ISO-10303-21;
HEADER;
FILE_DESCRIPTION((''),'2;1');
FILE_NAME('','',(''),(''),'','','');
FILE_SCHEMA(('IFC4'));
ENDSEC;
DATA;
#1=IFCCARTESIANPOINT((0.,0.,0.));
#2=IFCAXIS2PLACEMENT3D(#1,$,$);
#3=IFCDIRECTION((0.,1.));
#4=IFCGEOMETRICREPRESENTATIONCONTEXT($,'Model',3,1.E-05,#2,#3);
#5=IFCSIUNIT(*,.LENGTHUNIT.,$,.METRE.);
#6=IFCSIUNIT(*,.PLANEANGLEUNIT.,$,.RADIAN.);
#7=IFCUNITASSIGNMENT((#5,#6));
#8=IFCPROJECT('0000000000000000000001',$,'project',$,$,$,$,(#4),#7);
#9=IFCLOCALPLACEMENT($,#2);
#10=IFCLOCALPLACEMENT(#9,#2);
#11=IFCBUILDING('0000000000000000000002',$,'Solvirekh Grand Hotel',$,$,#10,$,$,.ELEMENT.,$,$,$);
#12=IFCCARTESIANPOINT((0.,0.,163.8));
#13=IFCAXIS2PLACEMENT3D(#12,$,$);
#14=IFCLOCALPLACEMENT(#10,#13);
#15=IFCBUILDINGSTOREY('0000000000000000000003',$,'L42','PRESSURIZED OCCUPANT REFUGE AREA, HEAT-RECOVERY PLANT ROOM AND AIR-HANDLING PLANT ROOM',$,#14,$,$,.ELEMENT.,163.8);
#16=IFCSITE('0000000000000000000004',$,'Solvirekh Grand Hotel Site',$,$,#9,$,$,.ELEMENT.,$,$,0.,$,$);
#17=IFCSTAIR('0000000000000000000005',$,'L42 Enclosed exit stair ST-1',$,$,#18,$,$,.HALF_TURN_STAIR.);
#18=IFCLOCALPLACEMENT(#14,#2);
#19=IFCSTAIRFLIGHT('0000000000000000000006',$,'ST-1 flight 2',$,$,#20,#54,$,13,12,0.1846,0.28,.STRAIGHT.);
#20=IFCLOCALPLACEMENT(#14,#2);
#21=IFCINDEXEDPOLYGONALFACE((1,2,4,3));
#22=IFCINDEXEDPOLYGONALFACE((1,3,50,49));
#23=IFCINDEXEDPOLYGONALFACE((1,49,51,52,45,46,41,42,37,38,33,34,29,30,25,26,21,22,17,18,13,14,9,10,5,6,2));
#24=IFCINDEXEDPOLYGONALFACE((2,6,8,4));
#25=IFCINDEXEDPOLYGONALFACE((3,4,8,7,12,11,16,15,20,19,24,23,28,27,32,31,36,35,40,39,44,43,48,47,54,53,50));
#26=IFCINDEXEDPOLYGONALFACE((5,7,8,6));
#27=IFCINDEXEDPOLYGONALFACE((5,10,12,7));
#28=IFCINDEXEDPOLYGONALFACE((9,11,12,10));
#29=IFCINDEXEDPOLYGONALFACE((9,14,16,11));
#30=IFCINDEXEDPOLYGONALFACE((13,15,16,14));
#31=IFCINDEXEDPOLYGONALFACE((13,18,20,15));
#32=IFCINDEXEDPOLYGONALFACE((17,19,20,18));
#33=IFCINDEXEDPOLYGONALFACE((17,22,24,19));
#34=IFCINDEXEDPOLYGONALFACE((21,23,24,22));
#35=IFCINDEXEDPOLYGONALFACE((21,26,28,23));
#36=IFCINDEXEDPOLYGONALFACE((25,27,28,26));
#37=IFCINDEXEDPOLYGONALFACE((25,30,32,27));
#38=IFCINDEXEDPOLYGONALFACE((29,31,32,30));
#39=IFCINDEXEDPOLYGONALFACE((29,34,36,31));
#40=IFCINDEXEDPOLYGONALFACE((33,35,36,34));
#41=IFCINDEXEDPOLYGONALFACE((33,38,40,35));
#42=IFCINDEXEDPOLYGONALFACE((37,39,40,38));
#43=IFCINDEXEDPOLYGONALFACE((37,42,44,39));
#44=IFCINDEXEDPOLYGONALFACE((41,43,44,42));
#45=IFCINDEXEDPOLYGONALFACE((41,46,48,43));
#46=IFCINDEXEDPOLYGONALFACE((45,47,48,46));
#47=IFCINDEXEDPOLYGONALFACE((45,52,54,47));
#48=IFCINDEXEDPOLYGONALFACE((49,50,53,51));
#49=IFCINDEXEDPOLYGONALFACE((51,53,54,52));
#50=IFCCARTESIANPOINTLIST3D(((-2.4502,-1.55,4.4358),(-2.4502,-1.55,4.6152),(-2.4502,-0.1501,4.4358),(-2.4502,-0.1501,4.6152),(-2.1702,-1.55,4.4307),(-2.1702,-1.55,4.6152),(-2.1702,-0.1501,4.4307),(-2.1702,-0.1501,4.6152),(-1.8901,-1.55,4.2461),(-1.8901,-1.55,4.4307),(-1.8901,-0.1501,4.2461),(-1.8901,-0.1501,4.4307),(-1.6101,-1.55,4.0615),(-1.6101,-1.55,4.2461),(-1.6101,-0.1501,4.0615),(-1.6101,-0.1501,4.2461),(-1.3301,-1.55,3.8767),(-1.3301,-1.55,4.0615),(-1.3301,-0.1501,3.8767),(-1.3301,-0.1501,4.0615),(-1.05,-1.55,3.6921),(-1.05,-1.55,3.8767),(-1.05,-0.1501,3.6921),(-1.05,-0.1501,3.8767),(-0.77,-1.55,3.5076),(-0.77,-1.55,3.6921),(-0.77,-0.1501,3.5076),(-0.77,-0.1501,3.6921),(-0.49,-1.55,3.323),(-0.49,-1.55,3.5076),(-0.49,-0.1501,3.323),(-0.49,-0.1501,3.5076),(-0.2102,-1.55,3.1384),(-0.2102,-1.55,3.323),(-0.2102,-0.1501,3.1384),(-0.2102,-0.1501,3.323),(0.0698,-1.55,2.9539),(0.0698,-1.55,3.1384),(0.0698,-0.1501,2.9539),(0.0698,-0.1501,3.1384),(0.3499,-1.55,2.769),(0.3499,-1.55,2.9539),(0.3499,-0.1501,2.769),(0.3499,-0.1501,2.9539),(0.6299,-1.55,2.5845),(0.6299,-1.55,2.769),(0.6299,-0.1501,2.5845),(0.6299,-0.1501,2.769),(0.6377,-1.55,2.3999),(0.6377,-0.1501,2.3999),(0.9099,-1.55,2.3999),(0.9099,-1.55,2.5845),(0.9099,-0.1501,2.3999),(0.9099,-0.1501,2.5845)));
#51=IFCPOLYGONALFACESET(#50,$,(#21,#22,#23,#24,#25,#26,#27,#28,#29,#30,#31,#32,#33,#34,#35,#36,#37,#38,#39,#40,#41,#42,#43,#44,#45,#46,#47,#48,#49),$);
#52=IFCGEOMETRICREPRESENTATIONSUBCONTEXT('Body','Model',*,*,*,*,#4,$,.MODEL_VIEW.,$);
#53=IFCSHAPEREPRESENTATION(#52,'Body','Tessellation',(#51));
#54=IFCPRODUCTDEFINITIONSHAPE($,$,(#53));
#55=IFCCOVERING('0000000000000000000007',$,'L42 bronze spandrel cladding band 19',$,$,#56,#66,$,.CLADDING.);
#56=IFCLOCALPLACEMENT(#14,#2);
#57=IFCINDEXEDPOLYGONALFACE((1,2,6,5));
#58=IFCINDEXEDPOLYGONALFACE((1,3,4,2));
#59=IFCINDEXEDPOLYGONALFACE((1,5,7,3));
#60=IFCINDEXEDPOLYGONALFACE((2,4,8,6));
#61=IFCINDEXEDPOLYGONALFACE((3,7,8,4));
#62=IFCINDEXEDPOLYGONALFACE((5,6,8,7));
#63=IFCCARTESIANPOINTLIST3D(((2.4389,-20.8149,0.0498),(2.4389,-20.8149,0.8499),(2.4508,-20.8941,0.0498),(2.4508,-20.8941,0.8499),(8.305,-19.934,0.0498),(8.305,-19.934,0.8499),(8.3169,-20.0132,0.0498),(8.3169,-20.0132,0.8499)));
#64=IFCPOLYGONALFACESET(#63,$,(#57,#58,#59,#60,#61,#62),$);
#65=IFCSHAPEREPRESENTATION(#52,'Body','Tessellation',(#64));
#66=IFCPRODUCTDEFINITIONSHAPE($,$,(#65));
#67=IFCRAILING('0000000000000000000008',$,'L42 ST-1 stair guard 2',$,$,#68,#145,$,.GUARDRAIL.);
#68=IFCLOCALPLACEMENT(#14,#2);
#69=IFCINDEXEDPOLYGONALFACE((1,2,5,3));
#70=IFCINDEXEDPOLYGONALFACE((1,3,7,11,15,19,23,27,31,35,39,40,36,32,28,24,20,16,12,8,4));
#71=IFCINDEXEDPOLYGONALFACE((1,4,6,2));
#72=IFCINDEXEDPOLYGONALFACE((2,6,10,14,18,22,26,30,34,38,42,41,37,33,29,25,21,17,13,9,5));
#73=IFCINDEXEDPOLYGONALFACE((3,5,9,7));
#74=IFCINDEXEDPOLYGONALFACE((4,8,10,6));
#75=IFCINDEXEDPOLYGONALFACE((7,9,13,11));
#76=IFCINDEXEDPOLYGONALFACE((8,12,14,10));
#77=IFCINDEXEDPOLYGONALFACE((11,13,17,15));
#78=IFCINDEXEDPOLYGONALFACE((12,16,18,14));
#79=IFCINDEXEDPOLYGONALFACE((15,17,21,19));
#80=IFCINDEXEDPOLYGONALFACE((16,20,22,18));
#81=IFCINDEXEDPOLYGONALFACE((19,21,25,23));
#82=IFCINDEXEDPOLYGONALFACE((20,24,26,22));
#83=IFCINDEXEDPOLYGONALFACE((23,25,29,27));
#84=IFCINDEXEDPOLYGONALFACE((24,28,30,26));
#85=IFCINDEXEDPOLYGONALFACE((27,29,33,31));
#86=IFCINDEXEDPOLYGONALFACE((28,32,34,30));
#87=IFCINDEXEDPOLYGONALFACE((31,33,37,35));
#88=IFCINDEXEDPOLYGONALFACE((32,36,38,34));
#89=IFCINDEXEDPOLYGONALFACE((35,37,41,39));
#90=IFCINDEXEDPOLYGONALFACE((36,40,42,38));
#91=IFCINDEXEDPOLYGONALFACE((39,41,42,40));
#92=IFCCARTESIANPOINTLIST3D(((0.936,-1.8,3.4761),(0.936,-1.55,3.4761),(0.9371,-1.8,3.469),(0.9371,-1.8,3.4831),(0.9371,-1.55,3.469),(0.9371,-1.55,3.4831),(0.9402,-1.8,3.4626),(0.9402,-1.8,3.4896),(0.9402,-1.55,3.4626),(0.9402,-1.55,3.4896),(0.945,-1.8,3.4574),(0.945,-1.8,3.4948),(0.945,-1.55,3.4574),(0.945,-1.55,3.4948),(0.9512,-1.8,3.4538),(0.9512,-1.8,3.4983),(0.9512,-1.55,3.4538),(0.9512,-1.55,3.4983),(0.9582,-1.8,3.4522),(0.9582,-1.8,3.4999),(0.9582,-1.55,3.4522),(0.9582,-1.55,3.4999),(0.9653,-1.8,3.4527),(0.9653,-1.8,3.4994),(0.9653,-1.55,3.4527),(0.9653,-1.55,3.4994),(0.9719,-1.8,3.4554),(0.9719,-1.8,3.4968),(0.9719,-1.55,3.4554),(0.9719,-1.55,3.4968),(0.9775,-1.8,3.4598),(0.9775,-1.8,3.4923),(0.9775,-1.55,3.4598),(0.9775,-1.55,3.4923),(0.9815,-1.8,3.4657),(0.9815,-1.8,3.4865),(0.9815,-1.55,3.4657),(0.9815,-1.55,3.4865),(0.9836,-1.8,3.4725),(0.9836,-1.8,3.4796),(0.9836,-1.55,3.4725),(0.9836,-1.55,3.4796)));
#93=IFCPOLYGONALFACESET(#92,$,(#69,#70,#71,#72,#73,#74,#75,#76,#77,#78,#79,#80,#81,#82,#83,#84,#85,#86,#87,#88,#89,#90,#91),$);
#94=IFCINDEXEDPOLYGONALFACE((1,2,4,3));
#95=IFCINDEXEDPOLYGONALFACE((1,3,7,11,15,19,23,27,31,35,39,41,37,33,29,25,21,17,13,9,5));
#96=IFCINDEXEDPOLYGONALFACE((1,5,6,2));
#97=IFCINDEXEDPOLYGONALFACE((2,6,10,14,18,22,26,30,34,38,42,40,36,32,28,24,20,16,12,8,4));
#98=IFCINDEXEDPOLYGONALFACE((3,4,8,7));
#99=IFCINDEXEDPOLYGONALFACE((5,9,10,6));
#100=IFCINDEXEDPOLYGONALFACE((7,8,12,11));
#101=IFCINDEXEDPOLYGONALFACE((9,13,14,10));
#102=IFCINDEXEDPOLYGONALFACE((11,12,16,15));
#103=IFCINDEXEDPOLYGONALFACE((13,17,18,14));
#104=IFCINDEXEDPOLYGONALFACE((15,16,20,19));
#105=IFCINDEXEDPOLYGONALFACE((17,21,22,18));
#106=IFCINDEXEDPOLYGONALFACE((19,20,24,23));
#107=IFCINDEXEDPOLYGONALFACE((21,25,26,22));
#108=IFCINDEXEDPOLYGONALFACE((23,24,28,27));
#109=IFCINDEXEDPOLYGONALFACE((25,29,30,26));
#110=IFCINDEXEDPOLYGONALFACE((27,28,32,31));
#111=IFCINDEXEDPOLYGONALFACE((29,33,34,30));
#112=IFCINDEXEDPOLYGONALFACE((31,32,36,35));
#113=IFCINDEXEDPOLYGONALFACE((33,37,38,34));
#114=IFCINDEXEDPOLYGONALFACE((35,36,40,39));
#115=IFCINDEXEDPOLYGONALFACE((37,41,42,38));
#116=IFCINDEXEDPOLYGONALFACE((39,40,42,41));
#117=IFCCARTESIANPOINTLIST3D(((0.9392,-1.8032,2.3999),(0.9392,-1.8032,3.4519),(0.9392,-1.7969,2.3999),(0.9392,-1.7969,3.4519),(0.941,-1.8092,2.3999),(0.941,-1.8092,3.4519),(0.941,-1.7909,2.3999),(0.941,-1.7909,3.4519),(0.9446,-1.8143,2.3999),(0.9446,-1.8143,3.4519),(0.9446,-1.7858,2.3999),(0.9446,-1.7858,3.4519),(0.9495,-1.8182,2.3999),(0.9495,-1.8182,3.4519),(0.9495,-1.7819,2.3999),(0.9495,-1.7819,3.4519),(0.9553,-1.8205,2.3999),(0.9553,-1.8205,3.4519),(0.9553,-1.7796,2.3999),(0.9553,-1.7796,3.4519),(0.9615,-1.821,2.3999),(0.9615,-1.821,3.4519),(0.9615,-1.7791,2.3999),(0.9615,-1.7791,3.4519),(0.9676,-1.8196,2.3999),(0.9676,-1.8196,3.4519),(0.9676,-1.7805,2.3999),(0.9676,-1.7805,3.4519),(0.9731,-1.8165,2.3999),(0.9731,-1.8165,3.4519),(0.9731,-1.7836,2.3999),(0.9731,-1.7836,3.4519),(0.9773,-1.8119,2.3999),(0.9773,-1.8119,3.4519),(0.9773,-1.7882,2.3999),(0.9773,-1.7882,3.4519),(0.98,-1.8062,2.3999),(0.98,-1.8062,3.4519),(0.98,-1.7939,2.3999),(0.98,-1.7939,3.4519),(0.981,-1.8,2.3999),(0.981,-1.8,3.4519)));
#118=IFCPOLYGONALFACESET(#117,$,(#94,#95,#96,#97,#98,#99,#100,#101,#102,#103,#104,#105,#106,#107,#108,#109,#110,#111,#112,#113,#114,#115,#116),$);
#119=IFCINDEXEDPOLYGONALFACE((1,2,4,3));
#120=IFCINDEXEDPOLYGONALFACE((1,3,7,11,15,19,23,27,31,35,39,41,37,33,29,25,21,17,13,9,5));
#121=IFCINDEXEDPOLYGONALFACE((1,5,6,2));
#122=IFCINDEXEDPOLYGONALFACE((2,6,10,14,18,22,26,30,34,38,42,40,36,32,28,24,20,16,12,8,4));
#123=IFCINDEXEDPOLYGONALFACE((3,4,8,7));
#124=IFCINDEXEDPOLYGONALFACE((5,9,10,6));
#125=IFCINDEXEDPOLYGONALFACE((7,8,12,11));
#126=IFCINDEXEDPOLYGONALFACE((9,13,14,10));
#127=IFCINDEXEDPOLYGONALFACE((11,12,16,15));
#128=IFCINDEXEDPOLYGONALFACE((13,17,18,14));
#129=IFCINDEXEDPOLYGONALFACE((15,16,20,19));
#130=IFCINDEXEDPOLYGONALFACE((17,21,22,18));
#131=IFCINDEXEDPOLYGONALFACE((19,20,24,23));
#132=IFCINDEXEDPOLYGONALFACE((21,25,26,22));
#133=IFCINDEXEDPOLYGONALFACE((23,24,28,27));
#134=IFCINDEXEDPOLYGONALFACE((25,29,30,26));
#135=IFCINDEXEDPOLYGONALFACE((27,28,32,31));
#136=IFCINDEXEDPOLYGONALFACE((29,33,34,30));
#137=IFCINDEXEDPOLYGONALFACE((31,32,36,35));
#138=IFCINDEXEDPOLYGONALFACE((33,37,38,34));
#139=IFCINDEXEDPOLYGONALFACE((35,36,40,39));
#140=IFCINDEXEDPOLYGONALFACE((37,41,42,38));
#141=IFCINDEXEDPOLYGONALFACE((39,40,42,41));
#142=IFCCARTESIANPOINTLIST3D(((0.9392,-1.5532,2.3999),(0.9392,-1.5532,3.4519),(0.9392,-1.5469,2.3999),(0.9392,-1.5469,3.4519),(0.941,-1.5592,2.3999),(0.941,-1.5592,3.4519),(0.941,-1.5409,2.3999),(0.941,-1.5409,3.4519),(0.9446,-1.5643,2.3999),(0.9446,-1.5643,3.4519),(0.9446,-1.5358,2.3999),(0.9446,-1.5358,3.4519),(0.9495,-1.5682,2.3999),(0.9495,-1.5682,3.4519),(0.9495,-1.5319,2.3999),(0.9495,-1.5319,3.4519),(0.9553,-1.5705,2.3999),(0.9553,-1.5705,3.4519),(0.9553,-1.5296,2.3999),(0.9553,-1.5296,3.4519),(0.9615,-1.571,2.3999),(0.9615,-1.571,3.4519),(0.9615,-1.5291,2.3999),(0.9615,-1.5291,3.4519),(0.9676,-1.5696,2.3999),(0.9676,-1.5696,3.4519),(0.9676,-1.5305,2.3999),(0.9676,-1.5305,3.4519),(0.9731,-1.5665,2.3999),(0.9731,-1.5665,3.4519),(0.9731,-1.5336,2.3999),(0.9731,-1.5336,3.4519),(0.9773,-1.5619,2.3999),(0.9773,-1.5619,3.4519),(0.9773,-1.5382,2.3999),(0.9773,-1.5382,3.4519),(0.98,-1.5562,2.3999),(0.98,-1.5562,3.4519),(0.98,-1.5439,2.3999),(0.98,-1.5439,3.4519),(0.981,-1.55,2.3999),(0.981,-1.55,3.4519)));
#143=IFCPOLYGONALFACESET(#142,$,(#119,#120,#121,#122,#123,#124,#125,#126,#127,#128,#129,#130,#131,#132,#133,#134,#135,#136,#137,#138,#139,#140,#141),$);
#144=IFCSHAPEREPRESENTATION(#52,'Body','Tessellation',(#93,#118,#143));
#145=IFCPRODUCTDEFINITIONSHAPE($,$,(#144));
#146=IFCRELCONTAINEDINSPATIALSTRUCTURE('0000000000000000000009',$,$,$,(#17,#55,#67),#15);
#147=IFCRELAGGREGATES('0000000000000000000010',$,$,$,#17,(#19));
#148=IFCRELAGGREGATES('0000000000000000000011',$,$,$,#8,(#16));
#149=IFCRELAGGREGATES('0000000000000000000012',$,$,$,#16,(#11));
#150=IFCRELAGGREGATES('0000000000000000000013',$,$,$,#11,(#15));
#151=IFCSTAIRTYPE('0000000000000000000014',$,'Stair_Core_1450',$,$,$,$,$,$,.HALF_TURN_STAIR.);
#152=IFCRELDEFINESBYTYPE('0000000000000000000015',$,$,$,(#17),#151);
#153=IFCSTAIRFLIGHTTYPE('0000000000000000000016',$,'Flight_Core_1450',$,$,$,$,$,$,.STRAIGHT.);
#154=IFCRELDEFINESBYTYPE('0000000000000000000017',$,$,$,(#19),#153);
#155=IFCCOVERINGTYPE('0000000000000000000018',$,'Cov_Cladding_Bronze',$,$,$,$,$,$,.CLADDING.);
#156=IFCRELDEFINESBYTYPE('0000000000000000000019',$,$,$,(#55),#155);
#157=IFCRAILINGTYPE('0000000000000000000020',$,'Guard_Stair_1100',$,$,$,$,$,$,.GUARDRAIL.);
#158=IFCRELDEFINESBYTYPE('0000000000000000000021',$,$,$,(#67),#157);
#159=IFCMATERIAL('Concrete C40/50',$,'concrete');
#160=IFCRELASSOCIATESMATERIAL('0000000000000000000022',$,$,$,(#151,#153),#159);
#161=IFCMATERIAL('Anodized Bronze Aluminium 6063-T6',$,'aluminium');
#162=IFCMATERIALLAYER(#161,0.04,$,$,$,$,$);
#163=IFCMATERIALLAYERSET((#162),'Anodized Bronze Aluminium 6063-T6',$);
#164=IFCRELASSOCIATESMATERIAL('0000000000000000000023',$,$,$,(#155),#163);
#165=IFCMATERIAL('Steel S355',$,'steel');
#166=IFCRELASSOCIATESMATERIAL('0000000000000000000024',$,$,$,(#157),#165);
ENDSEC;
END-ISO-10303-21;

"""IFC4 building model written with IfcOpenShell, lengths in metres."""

from ifc_helpers import new_model, si_unit, direction, frame, origin, origin_2d, place, context, subcontext, project, spatial, polyline, rectangle, circle, outline, extrude, material, layer, layer_set, type_object, element, aggregate, save


model = new_model("IFC4")

# Units and contexts
model_context = context("Model", 3, precision=1e-05, world=origin(), true_north=direction((0.0, 1.0)))
body_context = subcontext(model_context, "Body", "Model", "MODEL_VIEW")
ifc_project = project(units=[si_unit("LENGTHUNIT", "METRE"), si_unit("PLANEANGLEUNIT", "RADIAN")], contexts=[model_context])

# Site, building, storey
site_placement = place(None, origin())
site = spatial("IfcSite", under=ifc_project, at=site_placement, Name="Solvirekh Grand Hotel Site", CompositionType="ELEMENT", RefElevation=0.0)
building_placement = place(site_placement, origin())
building = spatial("IfcBuilding", under=site, at=building_placement, Name="Solvirekh Grand Hotel", CompositionType="ELEMENT")
storey_placement = place(building_placement, frame((0.0, 0.0, 163.8)))
storey = spatial("IfcBuildingStorey", under=building, at=storey_placement, Name="L42", Description="PRESSURIZED OCCUPANT REFUGE AREA, HEAT-RECOVERY PLANT ROOM AND AIR-HANDLING PLANT ROOM", CompositionType="ELEMENT", Elevation=163.8)

# Stair
ifc_material_1 = material(Name="Concrete C40/50", Category="concrete")
stair_type = type_object("IfcStairType", Name="Stair_Core_1450", PredefinedType="HALF_TURN_STAIR", material=ifc_material_1)
stair_1_placement = place(storey_placement, origin())
stair_1 = element("IfcStair", 1, at=stair_1_placement, inside=storey, type_object=stair_type, Name="L42 Enclosed exit stair ST-1", PredefinedType="HALF_TURN_STAIR")

# Stair flight
stair_flight_type = type_object("IfcStairFlightType", Name="Flight_Core_1450", PredefinedType="STRAIGHT", material=ifc_material_1)
stair_flight_placement = place(storey_placement, frame((0.9099, -0.8501, 2.3999), z_axis=(0.0, 0.0, 1.0), x_axis=(-1.0, 0.0, 0.0)))
stair_flight = element("IfcStairFlight", 2, at=stair_flight_placement, type_object=stair_flight_type, Name="ST-1 flight 2", NumberOfRisers=13, NumberOfTreads=12, PredefinedType="STRAIGHT", RiserHeight=0.1846, TreadLength=0.28, context=body_context, shape_type="SweptSolid", body=[
    extrude(outline(polyline([(0.0, 0.0), (0.0, 0.1846), (0.28, 0.1846), (0.28, 0.3691), (0.5601, 0.3691), (0.5601, 0.554), (0.8401, 0.554), (0.8401, 0.7385), (1.1201, 0.7385), (1.1201, 0.9231), (1.3999, 0.9231), (1.3999, 1.1077), (1.6799, 1.1077), (1.6799, 1.2922), (1.96, 1.2922), (1.96, 1.4768), (2.24, 1.4768), (2.24, 1.6616), (2.52, 1.6616), (2.52, 1.8462), (2.8, 1.8462), (2.8, 2.0308), (3.0801, 2.0308), (3.0801, 2.2153), (3.3601, 2.2153), (3.3601, 2.3999), (3.3601, 2.0359), (0.2722, 0.0), (0.0, 0.0)])), frame((0.0, 0.7, 0.0), z_axis=(0.0, -1.0, 0.0), x_axis=(1.0, 0.0, 0.0)), (0.0, 0.0, 1.0), 1.3999),
])
aggregate(stair_1, [stair_flight])

# Covering
ifc_material_2 = material(Name="Anodized Bronze Aluminium 6063-T6", Category="aluminium")
ifc_layer_1 = layer(ifc_material_2, 0.04)
ifc_layer_set_1 = layer_set([ifc_layer_1], Name="Anodized Bronze Aluminium 6063-T6")
covering_type = type_object("IfcCoveringType", Name="Cov_Cladding_Bronze", PredefinedType="CLADDING", material=ifc_layer_set_1)
covering_placement = place(storey_placement, frame((5.3779, -20.4141, 0.0498), z_axis=(0.0, 0.0, 1.0), x_axis=(-0.988912, -0.1485, 0.0)))
element("IfcCovering", 3, at=covering_placement, inside=storey, type_object=covering_type, Name="L42 bronze spandrel cladding band 19", PredefinedType="CLADDING", context=body_context, shape_type="SweptSolid", body=[
    extrude(rectangle(XDim=5.9319, YDim=0.0801, at=origin_2d()), origin(), (0.0, 0.0, 1.0), 0.8),
])

# Railing
ifc_material_3 = material(Name="Steel S355", Category="steel")
railing_type_1 = type_object("IfcRailingType", Name="Guard_Stair_1100", PredefinedType="GUARDRAIL", material=ifc_material_3)
railing_1_placement = place(storey_placement, frame((0.96, -1.8, 2.3999)))
element("IfcRailing", 4, at=railing_1_placement, inside=storey, type_object=railing_type_1, Name="L42 ST-1 stair guard 2", PredefinedType="GUARDRAIL", context=body_context, shape_type="SweptSolid", body=[
    extrude(circle(Radius=0.0239, at=origin_2d()), frame((0.0, 0.0, 1.0762), z_axis=(0.0, 1.0, 0.0), x_axis=(-1.0, 0.0, 0.0)), (0.0, 0.0, 1.0), 0.25),
    extrude(circle(Radius=0.021, at=origin_2d()), origin(), (0.0, 0.0, 1.0), 1.052),
    extrude(circle(Radius=0.021, at=origin_2d()), frame((0.0, 0.25, 0.0)), (0.0, 0.0, 1.0), 1.052),
])

save(model, "model.ifc")
